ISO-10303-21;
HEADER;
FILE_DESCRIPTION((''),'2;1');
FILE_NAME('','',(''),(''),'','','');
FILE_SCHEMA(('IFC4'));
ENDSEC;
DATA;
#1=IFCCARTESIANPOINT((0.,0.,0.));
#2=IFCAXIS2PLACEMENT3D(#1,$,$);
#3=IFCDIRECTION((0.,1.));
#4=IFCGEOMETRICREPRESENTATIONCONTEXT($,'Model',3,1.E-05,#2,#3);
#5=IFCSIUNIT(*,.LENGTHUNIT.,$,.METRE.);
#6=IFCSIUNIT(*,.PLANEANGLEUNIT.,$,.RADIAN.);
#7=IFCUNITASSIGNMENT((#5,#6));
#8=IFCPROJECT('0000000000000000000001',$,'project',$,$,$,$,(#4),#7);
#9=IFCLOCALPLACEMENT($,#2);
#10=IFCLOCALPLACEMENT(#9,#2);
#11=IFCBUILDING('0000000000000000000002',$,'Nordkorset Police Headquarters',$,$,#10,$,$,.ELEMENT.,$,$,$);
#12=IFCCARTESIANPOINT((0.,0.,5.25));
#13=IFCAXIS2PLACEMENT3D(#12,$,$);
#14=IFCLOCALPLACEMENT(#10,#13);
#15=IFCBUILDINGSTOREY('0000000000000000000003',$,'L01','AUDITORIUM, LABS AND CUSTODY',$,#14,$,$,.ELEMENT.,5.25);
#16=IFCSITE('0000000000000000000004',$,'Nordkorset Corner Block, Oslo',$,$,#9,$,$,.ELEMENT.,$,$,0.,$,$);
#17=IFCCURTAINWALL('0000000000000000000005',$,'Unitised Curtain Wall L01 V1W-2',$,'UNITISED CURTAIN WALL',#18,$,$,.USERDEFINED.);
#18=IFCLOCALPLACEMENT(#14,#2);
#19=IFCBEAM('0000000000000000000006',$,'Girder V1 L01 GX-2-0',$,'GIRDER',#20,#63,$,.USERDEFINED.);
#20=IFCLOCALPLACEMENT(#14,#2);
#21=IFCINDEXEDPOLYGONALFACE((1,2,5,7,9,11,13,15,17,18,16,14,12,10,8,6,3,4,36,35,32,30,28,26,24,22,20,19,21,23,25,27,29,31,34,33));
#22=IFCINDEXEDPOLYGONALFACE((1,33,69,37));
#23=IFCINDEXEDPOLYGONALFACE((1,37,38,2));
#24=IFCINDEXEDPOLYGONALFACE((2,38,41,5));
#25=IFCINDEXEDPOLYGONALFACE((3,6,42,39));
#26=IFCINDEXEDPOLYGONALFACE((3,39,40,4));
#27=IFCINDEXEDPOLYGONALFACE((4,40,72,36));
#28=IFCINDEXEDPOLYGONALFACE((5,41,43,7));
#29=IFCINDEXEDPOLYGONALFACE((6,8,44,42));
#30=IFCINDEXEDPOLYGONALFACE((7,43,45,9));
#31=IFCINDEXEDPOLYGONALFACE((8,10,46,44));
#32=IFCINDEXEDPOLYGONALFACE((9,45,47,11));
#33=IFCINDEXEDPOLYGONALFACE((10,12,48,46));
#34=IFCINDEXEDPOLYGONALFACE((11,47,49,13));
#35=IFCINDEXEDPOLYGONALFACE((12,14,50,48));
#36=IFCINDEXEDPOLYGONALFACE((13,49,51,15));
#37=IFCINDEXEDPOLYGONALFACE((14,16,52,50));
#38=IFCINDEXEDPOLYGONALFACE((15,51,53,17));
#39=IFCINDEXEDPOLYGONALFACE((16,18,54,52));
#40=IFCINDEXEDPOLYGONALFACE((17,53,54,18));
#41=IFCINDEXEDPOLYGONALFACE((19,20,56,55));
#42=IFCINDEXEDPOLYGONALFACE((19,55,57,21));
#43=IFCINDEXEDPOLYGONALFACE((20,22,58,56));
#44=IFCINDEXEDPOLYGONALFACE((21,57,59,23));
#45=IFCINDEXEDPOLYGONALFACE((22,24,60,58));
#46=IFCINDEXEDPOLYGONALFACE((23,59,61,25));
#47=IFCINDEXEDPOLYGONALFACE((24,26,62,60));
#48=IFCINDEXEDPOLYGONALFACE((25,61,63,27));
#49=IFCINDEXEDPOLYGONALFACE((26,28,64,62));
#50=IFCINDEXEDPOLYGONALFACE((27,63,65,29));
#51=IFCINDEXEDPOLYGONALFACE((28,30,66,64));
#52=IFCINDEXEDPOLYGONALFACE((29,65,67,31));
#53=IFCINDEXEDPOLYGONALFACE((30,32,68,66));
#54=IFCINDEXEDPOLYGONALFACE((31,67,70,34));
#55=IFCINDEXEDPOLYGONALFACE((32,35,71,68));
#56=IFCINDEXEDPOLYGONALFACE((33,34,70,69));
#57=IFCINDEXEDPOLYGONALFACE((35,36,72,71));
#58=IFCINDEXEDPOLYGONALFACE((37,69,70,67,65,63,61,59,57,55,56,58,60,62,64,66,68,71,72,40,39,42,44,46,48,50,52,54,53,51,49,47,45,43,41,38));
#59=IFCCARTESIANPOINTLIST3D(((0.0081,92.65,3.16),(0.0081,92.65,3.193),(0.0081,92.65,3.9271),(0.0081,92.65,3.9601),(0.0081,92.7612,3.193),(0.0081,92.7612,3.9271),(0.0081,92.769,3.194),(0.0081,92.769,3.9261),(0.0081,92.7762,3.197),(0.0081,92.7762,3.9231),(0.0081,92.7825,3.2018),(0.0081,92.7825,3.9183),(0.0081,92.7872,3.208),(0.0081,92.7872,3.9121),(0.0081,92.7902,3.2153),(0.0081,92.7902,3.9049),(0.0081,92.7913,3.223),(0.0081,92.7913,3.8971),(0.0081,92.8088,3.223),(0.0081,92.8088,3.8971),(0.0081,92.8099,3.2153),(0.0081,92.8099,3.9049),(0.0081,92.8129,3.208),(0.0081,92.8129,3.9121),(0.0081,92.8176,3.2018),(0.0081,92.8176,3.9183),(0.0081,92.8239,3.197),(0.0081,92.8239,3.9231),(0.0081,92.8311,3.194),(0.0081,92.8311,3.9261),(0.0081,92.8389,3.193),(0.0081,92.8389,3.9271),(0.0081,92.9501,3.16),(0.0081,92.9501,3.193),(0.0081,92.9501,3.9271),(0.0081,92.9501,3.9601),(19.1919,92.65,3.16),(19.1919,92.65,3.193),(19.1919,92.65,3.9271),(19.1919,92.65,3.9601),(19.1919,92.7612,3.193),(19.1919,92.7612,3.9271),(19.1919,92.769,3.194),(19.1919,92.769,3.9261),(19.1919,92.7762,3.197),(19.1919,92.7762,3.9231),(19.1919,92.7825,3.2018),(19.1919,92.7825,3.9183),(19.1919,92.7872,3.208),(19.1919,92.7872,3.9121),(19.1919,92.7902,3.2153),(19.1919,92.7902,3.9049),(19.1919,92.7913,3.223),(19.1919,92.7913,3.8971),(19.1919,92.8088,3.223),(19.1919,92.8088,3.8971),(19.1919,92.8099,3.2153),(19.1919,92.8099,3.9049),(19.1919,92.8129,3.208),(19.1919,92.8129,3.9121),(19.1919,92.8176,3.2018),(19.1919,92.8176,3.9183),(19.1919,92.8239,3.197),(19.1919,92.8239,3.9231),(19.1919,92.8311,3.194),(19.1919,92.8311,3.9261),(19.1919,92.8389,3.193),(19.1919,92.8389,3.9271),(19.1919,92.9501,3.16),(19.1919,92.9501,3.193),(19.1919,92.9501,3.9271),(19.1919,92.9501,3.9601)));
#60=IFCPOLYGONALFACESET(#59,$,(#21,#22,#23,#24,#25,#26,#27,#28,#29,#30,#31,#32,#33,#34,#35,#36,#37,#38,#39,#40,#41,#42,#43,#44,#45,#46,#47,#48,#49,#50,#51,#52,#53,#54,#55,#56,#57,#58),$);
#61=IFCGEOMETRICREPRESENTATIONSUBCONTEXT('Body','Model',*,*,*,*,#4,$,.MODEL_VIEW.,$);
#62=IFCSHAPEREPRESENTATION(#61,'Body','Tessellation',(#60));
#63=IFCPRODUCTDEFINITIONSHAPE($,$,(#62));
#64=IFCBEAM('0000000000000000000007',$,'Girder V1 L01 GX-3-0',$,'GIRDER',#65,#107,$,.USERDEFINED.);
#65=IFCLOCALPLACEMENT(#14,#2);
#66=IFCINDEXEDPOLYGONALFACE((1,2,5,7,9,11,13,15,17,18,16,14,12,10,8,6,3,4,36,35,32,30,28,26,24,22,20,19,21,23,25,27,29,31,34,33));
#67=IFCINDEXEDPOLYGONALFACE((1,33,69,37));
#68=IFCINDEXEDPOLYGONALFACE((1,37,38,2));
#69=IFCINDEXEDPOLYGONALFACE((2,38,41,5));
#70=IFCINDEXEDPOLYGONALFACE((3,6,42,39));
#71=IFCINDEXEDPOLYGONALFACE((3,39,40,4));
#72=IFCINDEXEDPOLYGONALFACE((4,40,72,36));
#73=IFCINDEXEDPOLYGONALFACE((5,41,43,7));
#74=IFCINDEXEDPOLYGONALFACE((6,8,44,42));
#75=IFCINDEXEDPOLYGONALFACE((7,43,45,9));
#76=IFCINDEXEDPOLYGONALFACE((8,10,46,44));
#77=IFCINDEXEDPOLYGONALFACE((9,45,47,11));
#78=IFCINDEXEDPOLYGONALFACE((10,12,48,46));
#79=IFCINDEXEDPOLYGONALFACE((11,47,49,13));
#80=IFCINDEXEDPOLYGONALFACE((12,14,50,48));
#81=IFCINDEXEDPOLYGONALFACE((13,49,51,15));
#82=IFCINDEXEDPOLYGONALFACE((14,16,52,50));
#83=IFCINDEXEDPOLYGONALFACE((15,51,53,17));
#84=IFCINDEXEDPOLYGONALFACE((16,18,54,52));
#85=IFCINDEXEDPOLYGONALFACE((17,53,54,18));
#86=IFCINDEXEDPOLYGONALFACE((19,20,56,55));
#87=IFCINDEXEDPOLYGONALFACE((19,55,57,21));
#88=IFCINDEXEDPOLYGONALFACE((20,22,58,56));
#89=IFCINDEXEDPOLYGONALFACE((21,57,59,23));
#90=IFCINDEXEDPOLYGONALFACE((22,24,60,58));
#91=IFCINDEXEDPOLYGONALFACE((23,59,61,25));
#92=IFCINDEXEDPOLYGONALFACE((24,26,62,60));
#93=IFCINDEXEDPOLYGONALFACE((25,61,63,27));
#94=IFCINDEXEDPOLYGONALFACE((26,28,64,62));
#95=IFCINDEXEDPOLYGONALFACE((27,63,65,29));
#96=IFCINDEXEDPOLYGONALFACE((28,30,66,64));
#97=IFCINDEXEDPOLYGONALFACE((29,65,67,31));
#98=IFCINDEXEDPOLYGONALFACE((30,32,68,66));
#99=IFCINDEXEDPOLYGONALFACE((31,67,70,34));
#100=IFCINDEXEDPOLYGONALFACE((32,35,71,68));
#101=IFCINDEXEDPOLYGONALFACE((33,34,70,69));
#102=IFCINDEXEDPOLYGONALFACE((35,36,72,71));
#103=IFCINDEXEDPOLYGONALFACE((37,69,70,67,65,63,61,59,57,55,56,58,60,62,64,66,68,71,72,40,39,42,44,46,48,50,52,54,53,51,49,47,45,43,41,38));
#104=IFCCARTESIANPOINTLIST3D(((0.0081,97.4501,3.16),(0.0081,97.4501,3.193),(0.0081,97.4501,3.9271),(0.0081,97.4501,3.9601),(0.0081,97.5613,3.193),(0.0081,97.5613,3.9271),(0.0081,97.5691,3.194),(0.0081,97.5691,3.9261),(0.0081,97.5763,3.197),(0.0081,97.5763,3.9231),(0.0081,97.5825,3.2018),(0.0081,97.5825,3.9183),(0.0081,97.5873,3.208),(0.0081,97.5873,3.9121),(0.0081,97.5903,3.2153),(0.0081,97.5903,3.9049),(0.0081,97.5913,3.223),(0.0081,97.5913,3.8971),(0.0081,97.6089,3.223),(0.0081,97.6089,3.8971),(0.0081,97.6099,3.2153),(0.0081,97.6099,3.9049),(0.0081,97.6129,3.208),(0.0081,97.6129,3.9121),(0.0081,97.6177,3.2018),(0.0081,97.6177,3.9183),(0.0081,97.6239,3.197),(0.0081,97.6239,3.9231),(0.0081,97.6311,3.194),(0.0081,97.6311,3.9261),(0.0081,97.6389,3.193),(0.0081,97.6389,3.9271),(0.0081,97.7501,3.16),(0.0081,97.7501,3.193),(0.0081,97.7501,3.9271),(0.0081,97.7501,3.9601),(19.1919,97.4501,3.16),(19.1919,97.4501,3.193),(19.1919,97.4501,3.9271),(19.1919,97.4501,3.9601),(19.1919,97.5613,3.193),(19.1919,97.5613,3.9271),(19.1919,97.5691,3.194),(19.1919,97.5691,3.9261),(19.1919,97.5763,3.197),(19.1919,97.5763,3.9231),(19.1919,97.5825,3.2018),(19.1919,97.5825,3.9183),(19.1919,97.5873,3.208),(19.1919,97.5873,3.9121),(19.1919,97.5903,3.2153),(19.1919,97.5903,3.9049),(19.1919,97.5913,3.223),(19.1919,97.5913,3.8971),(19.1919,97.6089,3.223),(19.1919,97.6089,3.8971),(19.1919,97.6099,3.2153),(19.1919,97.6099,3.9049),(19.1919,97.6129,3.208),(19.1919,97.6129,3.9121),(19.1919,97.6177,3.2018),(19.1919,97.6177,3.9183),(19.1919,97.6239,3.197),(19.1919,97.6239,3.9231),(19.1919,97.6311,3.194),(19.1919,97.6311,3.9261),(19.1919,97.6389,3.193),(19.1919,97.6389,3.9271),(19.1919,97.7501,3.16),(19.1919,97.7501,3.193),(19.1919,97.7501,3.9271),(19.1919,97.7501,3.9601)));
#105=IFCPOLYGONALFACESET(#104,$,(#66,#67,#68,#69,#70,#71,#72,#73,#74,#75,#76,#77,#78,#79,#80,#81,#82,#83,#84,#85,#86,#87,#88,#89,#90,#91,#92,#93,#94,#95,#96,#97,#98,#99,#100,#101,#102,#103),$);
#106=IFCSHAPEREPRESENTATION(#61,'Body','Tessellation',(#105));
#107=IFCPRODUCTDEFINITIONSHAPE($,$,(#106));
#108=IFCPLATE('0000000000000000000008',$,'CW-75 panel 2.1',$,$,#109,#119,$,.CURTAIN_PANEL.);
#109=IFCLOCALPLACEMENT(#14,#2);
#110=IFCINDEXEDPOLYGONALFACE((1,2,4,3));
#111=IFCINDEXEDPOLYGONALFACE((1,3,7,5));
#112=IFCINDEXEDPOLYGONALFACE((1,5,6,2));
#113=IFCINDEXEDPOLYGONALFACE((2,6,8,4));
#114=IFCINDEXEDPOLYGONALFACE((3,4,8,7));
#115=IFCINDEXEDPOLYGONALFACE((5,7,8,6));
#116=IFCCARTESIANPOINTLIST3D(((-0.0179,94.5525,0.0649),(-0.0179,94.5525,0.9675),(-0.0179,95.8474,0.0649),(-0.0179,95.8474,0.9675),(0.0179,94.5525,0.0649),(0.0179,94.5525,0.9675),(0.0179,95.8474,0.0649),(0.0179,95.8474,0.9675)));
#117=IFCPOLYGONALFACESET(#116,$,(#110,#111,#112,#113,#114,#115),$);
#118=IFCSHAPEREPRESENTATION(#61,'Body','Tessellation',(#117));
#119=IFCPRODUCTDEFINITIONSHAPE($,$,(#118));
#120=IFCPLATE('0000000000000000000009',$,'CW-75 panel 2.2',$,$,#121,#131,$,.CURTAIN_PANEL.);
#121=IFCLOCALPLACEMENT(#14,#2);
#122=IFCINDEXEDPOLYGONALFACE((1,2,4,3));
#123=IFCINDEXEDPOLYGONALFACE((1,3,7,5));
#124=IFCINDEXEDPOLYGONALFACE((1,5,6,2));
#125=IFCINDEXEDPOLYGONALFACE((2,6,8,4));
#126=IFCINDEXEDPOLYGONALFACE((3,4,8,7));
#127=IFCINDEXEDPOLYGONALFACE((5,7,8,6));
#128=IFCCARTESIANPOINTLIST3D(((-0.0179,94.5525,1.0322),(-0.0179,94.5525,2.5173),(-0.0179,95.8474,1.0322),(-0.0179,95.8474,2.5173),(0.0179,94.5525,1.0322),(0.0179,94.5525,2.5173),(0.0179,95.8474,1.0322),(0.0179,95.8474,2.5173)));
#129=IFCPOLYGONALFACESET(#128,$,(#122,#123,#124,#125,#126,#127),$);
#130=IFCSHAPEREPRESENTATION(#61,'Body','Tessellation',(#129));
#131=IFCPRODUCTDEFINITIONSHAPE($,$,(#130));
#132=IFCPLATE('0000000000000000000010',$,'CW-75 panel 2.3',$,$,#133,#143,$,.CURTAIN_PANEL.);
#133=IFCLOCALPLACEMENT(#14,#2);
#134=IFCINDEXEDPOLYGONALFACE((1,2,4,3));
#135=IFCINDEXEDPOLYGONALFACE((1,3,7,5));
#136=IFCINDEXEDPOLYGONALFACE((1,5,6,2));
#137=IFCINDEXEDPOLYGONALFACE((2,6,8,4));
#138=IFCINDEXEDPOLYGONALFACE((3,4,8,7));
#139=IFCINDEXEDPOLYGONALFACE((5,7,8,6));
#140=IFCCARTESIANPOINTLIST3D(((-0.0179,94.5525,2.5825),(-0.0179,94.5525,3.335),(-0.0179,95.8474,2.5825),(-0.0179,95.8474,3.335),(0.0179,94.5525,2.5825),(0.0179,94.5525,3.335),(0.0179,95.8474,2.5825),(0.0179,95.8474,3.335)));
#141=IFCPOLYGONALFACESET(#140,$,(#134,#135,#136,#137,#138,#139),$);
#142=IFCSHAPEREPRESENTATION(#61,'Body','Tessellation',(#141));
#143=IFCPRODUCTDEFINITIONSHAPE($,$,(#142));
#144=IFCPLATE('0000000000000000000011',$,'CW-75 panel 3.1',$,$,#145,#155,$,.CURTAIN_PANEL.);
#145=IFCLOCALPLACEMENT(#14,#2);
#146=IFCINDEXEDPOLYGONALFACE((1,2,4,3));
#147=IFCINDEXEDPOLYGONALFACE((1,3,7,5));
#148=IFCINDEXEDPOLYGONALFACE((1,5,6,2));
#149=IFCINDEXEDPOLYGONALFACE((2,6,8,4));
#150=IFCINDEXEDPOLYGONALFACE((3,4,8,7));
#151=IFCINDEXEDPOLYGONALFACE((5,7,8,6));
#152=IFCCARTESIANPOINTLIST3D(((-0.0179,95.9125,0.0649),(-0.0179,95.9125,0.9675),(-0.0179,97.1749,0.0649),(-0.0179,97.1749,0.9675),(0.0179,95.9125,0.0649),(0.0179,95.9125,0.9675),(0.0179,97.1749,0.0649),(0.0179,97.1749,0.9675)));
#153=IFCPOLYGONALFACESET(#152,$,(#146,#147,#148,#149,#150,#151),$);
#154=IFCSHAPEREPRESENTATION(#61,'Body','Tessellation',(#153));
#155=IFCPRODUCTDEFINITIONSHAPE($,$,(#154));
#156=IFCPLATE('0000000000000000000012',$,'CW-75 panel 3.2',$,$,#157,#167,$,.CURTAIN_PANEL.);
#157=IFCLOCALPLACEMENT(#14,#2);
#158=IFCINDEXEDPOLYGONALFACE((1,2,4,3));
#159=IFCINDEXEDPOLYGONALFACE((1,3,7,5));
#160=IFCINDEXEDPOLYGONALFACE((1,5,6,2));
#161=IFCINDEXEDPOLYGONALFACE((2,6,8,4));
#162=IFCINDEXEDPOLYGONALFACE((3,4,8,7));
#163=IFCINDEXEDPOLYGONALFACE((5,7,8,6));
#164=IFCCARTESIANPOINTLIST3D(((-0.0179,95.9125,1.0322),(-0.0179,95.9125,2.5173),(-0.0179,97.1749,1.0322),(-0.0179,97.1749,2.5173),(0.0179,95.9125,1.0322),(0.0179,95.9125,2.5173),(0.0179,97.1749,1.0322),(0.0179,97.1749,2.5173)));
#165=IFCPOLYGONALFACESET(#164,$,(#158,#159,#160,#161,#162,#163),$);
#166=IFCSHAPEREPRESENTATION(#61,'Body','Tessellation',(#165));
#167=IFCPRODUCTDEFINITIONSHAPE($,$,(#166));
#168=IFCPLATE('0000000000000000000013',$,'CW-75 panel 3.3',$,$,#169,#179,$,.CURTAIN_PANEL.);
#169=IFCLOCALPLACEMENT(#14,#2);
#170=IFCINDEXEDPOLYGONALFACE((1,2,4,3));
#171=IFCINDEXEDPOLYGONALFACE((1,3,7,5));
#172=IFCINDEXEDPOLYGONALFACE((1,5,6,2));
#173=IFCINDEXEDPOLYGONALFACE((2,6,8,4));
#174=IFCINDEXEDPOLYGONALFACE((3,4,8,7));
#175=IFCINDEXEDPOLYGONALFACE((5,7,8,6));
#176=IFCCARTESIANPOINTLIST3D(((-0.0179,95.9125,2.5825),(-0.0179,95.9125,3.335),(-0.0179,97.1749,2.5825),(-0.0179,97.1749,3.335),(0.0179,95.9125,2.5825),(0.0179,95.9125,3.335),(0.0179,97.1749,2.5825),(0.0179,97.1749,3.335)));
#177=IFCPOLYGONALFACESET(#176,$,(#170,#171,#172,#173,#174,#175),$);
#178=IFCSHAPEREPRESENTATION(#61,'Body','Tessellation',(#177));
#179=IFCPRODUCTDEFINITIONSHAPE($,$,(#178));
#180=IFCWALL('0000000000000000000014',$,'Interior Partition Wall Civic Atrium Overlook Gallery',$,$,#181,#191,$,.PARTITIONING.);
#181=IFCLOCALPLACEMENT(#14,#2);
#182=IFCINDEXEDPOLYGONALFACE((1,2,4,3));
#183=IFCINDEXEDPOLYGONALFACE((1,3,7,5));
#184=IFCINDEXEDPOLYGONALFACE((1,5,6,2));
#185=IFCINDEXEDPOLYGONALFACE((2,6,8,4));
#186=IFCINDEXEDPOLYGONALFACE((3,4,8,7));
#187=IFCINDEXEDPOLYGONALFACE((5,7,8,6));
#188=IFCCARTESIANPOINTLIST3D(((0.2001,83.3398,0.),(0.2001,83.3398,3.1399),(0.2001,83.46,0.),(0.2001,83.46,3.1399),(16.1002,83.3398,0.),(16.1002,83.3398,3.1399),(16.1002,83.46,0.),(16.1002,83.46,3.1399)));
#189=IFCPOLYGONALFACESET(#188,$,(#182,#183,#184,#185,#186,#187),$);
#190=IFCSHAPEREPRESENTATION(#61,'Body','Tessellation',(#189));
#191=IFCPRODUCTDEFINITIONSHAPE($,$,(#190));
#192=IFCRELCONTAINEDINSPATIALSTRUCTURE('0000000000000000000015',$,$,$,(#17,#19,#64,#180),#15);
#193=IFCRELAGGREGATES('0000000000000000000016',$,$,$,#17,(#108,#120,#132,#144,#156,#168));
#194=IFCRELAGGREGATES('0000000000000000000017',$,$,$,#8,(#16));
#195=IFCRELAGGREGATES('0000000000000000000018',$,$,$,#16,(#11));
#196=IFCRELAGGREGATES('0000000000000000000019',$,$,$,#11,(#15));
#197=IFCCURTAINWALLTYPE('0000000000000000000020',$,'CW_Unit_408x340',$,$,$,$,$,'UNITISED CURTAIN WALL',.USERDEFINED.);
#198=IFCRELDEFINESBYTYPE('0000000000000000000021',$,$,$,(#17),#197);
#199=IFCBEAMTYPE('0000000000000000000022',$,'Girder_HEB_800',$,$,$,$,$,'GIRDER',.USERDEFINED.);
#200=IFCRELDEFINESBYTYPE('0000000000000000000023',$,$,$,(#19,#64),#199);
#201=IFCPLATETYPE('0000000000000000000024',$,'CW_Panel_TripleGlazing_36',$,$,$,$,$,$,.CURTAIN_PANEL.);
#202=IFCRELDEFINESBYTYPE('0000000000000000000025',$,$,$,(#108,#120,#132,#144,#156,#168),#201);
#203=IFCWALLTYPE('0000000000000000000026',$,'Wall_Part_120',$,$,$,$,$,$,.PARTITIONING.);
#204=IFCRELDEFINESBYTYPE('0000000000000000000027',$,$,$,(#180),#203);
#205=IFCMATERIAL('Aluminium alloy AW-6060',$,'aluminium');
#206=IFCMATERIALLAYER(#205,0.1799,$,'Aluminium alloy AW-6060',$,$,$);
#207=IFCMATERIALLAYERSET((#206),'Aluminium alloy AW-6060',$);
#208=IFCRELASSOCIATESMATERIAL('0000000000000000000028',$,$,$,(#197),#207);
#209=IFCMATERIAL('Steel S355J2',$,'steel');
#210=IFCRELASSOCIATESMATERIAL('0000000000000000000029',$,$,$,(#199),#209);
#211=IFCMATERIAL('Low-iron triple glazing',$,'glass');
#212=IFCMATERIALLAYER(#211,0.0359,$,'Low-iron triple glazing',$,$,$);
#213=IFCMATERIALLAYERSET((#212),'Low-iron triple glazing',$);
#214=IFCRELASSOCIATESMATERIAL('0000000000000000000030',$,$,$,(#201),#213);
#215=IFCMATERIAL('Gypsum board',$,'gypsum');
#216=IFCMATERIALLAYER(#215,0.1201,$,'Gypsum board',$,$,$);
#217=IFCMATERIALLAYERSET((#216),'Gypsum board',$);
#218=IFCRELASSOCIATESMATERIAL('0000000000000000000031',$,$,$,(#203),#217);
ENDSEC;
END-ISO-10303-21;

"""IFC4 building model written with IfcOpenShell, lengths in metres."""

from ifc_helpers import new_model, si_unit, direction, frame, frame_2d, origin, origin_2d, place, context, subcontext, project, spatial, rectangle, i_section, extrude, material, layer, layer_set, material_profile, profile_set, type_object, element, aggregate, save


model = new_model("IFC4")

# Units and contexts
model_context = context("Model", 3, precision=1e-05, world=origin(), true_north=direction((0.0, 1.0)))
body_context = subcontext(model_context, "Body", "Model", "MODEL_VIEW")
ifc_project = project(units=[si_unit("LENGTHUNIT", "METRE"), si_unit("PLANEANGLEUNIT", "RADIAN")], contexts=[model_context])

# Site, building, storey
site_placement = place(None, origin())
site = spatial("IfcSite", under=ifc_project, at=site_placement, Name="Nordkorset Corner Block, Oslo", CompositionType="ELEMENT", RefElevation=0.0)
building_placement = place(site_placement, origin())
building = spatial("IfcBuilding", under=site, at=building_placement, Name="Nordkorset Police Headquarters", CompositionType="ELEMENT")
storey_placement = place(building_placement, frame((0.0, 0.0, 5.25)))
storey = spatial("IfcBuildingStorey", under=building, at=storey_placement, Name="L01", Description="AUDITORIUM, LABS AND CUSTODY", CompositionType="ELEMENT", Elevation=5.25)

# Curtain wall
ifc_material_1 = material(Name="Aluminium alloy AW-6060", Category="aluminium")
ifc_layer_1 = layer(ifc_material_1, 0.1799, Name="Aluminium alloy AW-6060")
ifc_layer_set_1 = layer_set([ifc_layer_1], Name="Aluminium alloy AW-6060")
curtain_wall_type = type_object("IfcCurtainWallType", Name="CW_Unit_408x340", ElementType="UNITISED CURTAIN WALL", PredefinedType="USERDEFINED", material=ifc_layer_set_1)
curtain_wall_placement = place(storey_placement, origin())
curtain_wall = element("IfcCurtainWall", 1, at=curtain_wall_placement, inside=storey, type_object=curtain_wall_type, Name="Unitised Curtain Wall L01 V1W-2", ObjectType="UNITISED CURTAIN WALL", PredefinedType="USERDEFINED")

# Beams
ifc_material_2 = material(Name="Steel S355J2", Category="steel")
ifc_material_profile_1 = material_profile(ifc_material_2, i_section(OverallWidth=0.3, OverallDepth=0.8, WebThickness=0.0176, FlangeThickness=0.033, FilletRadius=0.03, at=origin_2d()), Name="HEB 800")
ifc_profile_set_1 = profile_set([ifc_material_profile_1], Name="Steel S355J2")
beam_type_1 = type_object("IfcBeamType", Name="Girder_HEB_800", ElementType="GIRDER", PredefinedType="USERDEFINED", material=ifc_profile_set_1)
for number, where, z_axis, x_axis, name in (
    (2, (0.0081, 92.8, 3.5601), (1.0, 0.0, 0.0), (0.0, 1.0, 0.0), "Girder V1 L01 GX-2-0"),
    (3, (0.0081, 97.6001, 3.5601), (1.0, 0.0, 0.0), (0.0, 1.0, 0.0), "Girder V1 L01 GX-3-0"),
):
    element("IfcBeam", number, at=place(storey_placement, frame(where, z_axis=z_axis, x_axis=x_axis)), inside=storey, type_object=beam_type_1, Name=name, ObjectType="GIRDER", PredefinedType="USERDEFINED", context=body_context, shape_type="SweptSolid", body=[
        extrude(i_section(OverallWidth=0.3, OverallDepth=0.8, WebThickness=0.0176, FlangeThickness=0.033, FilletRadius=0.03, at=origin_2d()), origin(), (0.0, 0.0, 1.0), 19.1838),
    ])

# Plates
ifc_material_3 = material(Name="Low-iron triple glazing", Category="glass")
ifc_layer_2 = layer(ifc_material_3, 0.0359, Name="Low-iron triple glazing")
ifc_layer_set_2 = layer_set([ifc_layer_2], Name="Low-iron triple glazing")
plate_type = type_object("IfcPlateType", Name="CW_Panel_TripleGlazing_36", PredefinedType="CURTAIN_PANEL", material=ifc_layer_set_2)
plate_1_placement = place(storey_placement, frame((0.0, 95.2, 0.0649), z_axis=(0.0, 0.0, 1.0), x_axis=(0.0, 1.0, 0.0)))
plate_1 = element("IfcPlate", 4, at=plate_1_placement, type_object=plate_type, Name="CW-75 panel 2.1", PredefinedType="CURTAIN_PANEL", context=body_context, shape_type="SweptSolid", body=[
    extrude(rectangle(XDim=1.2949, YDim=0.0359, at=origin_2d()), origin(), (0.0, 0.0, 1.0), 0.9026),
])
plate_2_placement = place(storey_placement, frame((0.0, 95.2, 1.0322), z_axis=(0.0, 0.0, 1.0), x_axis=(0.0, 1.0, 0.0)))
plate_2 = element("IfcPlate", 5, at=plate_2_placement, type_object=plate_type, Name="CW-75 panel 2.2", PredefinedType="CURTAIN_PANEL", context=body_context, shape_type="SweptSolid", body=[
    extrude(rectangle(XDim=1.2949, YDim=0.0359, at=origin_2d()), origin(), (0.0, 0.0, 1.0), 1.4851),
])
plate_3_placement = place(storey_placement, frame((0.0, 95.2, 2.5825), z_axis=(0.0, 0.0, 1.0), x_axis=(0.0, 1.0, 0.0)))
plate_3 = element("IfcPlate", 6, at=plate_3_placement, type_object=plate_type, Name="CW-75 panel 2.3", PredefinedType="CURTAIN_PANEL", context=body_context, shape_type="SweptSolid", body=[
    extrude(rectangle(XDim=1.2949, YDim=0.0359, at=origin_2d()), origin(), (0.0, 0.0, 1.0), 0.7524),
])
plate_4_placement = place(storey_placement, frame((0.0, 96.5437, 0.0649), z_axis=(0.0, 0.0, 1.0), x_axis=(0.0, 1.0, 0.0)))
plate_4 = element("IfcPlate", 7, at=plate_4_placement, type_object=plate_type, Name="CW-75 panel 3.1", PredefinedType="CURTAIN_PANEL", context=body_context, shape_type="SweptSolid", body=[
    extrude(rectangle(XDim=1.2625, YDim=0.0359, at=origin_2d()), origin(), (0.0, 0.0, 1.0), 0.9026),
])
plate_5_placement = place(storey_placement, frame((0.0, 96.5437, 1.0322), z_axis=(0.0, 0.0, 1.0), x_axis=(0.0, 1.0, 0.0)))
plate_5 = element("IfcPlate", 8, at=plate_5_placement, type_object=plate_type, Name="CW-75 panel 3.2", PredefinedType="CURTAIN_PANEL", context=body_context, shape_type="SweptSolid", body=[
    extrude(rectangle(XDim=1.2625, YDim=0.0359, at=origin_2d()), origin(), (0.0, 0.0, 1.0), 1.4851),
])
plate_6_placement = place(storey_placement, frame((0.0, 96.5437, 2.5825), z_axis=(0.0, 0.0, 1.0), x_axis=(0.0, 1.0, 0.0)))
plate_6 = element("IfcPlate", 9, at=plate_6_placement, type_object=plate_type, Name="CW-75 panel 3.3", PredefinedType="CURTAIN_PANEL", context=body_context, shape_type="SweptSolid", body=[
    extrude(rectangle(XDim=1.2625, YDim=0.0359, at=origin_2d()), origin(), (0.0, 0.0, 1.0), 0.7524),
])
aggregate(curtain_wall, [plate_1, plate_2, plate_3, plate_4, plate_5, plate_6])

# Wall
ifc_material_4 = material(Name="Gypsum board", Category="gypsum")
ifc_layer_3 = layer(ifc_material_4, 0.1201, Name="Gypsum board")
ifc_layer_set_3 = layer_set([ifc_layer_3], Name="Gypsum board")
wall_type = type_object("IfcWallType", Name="Wall_Part_120", PredefinedType="PARTITIONING", material=ifc_layer_set_3)
wall_1_placement = place(storey_placement, frame((0.2, 83.3999, 0.0), z_axis=(0.0, 0.0, 1.0), x_axis=(1.0, 0.0, 0.0)))
element("IfcWall", 10, at=wall_1_placement, inside=storey, type_object=wall_type, Name="Interior Partition Wall Civic Atrium Overlook Gallery", PredefinedType="PARTITIONING", context=body_context, shape_type="SweptSolid", body=[
    extrude(rectangle(XDim=15.9001, YDim=0.1201, at=frame_2d((7.9502, 0.0))), origin(), (0.0, 0.0, 1.0), 3.1399),
])

save(model, "model.ifc")
